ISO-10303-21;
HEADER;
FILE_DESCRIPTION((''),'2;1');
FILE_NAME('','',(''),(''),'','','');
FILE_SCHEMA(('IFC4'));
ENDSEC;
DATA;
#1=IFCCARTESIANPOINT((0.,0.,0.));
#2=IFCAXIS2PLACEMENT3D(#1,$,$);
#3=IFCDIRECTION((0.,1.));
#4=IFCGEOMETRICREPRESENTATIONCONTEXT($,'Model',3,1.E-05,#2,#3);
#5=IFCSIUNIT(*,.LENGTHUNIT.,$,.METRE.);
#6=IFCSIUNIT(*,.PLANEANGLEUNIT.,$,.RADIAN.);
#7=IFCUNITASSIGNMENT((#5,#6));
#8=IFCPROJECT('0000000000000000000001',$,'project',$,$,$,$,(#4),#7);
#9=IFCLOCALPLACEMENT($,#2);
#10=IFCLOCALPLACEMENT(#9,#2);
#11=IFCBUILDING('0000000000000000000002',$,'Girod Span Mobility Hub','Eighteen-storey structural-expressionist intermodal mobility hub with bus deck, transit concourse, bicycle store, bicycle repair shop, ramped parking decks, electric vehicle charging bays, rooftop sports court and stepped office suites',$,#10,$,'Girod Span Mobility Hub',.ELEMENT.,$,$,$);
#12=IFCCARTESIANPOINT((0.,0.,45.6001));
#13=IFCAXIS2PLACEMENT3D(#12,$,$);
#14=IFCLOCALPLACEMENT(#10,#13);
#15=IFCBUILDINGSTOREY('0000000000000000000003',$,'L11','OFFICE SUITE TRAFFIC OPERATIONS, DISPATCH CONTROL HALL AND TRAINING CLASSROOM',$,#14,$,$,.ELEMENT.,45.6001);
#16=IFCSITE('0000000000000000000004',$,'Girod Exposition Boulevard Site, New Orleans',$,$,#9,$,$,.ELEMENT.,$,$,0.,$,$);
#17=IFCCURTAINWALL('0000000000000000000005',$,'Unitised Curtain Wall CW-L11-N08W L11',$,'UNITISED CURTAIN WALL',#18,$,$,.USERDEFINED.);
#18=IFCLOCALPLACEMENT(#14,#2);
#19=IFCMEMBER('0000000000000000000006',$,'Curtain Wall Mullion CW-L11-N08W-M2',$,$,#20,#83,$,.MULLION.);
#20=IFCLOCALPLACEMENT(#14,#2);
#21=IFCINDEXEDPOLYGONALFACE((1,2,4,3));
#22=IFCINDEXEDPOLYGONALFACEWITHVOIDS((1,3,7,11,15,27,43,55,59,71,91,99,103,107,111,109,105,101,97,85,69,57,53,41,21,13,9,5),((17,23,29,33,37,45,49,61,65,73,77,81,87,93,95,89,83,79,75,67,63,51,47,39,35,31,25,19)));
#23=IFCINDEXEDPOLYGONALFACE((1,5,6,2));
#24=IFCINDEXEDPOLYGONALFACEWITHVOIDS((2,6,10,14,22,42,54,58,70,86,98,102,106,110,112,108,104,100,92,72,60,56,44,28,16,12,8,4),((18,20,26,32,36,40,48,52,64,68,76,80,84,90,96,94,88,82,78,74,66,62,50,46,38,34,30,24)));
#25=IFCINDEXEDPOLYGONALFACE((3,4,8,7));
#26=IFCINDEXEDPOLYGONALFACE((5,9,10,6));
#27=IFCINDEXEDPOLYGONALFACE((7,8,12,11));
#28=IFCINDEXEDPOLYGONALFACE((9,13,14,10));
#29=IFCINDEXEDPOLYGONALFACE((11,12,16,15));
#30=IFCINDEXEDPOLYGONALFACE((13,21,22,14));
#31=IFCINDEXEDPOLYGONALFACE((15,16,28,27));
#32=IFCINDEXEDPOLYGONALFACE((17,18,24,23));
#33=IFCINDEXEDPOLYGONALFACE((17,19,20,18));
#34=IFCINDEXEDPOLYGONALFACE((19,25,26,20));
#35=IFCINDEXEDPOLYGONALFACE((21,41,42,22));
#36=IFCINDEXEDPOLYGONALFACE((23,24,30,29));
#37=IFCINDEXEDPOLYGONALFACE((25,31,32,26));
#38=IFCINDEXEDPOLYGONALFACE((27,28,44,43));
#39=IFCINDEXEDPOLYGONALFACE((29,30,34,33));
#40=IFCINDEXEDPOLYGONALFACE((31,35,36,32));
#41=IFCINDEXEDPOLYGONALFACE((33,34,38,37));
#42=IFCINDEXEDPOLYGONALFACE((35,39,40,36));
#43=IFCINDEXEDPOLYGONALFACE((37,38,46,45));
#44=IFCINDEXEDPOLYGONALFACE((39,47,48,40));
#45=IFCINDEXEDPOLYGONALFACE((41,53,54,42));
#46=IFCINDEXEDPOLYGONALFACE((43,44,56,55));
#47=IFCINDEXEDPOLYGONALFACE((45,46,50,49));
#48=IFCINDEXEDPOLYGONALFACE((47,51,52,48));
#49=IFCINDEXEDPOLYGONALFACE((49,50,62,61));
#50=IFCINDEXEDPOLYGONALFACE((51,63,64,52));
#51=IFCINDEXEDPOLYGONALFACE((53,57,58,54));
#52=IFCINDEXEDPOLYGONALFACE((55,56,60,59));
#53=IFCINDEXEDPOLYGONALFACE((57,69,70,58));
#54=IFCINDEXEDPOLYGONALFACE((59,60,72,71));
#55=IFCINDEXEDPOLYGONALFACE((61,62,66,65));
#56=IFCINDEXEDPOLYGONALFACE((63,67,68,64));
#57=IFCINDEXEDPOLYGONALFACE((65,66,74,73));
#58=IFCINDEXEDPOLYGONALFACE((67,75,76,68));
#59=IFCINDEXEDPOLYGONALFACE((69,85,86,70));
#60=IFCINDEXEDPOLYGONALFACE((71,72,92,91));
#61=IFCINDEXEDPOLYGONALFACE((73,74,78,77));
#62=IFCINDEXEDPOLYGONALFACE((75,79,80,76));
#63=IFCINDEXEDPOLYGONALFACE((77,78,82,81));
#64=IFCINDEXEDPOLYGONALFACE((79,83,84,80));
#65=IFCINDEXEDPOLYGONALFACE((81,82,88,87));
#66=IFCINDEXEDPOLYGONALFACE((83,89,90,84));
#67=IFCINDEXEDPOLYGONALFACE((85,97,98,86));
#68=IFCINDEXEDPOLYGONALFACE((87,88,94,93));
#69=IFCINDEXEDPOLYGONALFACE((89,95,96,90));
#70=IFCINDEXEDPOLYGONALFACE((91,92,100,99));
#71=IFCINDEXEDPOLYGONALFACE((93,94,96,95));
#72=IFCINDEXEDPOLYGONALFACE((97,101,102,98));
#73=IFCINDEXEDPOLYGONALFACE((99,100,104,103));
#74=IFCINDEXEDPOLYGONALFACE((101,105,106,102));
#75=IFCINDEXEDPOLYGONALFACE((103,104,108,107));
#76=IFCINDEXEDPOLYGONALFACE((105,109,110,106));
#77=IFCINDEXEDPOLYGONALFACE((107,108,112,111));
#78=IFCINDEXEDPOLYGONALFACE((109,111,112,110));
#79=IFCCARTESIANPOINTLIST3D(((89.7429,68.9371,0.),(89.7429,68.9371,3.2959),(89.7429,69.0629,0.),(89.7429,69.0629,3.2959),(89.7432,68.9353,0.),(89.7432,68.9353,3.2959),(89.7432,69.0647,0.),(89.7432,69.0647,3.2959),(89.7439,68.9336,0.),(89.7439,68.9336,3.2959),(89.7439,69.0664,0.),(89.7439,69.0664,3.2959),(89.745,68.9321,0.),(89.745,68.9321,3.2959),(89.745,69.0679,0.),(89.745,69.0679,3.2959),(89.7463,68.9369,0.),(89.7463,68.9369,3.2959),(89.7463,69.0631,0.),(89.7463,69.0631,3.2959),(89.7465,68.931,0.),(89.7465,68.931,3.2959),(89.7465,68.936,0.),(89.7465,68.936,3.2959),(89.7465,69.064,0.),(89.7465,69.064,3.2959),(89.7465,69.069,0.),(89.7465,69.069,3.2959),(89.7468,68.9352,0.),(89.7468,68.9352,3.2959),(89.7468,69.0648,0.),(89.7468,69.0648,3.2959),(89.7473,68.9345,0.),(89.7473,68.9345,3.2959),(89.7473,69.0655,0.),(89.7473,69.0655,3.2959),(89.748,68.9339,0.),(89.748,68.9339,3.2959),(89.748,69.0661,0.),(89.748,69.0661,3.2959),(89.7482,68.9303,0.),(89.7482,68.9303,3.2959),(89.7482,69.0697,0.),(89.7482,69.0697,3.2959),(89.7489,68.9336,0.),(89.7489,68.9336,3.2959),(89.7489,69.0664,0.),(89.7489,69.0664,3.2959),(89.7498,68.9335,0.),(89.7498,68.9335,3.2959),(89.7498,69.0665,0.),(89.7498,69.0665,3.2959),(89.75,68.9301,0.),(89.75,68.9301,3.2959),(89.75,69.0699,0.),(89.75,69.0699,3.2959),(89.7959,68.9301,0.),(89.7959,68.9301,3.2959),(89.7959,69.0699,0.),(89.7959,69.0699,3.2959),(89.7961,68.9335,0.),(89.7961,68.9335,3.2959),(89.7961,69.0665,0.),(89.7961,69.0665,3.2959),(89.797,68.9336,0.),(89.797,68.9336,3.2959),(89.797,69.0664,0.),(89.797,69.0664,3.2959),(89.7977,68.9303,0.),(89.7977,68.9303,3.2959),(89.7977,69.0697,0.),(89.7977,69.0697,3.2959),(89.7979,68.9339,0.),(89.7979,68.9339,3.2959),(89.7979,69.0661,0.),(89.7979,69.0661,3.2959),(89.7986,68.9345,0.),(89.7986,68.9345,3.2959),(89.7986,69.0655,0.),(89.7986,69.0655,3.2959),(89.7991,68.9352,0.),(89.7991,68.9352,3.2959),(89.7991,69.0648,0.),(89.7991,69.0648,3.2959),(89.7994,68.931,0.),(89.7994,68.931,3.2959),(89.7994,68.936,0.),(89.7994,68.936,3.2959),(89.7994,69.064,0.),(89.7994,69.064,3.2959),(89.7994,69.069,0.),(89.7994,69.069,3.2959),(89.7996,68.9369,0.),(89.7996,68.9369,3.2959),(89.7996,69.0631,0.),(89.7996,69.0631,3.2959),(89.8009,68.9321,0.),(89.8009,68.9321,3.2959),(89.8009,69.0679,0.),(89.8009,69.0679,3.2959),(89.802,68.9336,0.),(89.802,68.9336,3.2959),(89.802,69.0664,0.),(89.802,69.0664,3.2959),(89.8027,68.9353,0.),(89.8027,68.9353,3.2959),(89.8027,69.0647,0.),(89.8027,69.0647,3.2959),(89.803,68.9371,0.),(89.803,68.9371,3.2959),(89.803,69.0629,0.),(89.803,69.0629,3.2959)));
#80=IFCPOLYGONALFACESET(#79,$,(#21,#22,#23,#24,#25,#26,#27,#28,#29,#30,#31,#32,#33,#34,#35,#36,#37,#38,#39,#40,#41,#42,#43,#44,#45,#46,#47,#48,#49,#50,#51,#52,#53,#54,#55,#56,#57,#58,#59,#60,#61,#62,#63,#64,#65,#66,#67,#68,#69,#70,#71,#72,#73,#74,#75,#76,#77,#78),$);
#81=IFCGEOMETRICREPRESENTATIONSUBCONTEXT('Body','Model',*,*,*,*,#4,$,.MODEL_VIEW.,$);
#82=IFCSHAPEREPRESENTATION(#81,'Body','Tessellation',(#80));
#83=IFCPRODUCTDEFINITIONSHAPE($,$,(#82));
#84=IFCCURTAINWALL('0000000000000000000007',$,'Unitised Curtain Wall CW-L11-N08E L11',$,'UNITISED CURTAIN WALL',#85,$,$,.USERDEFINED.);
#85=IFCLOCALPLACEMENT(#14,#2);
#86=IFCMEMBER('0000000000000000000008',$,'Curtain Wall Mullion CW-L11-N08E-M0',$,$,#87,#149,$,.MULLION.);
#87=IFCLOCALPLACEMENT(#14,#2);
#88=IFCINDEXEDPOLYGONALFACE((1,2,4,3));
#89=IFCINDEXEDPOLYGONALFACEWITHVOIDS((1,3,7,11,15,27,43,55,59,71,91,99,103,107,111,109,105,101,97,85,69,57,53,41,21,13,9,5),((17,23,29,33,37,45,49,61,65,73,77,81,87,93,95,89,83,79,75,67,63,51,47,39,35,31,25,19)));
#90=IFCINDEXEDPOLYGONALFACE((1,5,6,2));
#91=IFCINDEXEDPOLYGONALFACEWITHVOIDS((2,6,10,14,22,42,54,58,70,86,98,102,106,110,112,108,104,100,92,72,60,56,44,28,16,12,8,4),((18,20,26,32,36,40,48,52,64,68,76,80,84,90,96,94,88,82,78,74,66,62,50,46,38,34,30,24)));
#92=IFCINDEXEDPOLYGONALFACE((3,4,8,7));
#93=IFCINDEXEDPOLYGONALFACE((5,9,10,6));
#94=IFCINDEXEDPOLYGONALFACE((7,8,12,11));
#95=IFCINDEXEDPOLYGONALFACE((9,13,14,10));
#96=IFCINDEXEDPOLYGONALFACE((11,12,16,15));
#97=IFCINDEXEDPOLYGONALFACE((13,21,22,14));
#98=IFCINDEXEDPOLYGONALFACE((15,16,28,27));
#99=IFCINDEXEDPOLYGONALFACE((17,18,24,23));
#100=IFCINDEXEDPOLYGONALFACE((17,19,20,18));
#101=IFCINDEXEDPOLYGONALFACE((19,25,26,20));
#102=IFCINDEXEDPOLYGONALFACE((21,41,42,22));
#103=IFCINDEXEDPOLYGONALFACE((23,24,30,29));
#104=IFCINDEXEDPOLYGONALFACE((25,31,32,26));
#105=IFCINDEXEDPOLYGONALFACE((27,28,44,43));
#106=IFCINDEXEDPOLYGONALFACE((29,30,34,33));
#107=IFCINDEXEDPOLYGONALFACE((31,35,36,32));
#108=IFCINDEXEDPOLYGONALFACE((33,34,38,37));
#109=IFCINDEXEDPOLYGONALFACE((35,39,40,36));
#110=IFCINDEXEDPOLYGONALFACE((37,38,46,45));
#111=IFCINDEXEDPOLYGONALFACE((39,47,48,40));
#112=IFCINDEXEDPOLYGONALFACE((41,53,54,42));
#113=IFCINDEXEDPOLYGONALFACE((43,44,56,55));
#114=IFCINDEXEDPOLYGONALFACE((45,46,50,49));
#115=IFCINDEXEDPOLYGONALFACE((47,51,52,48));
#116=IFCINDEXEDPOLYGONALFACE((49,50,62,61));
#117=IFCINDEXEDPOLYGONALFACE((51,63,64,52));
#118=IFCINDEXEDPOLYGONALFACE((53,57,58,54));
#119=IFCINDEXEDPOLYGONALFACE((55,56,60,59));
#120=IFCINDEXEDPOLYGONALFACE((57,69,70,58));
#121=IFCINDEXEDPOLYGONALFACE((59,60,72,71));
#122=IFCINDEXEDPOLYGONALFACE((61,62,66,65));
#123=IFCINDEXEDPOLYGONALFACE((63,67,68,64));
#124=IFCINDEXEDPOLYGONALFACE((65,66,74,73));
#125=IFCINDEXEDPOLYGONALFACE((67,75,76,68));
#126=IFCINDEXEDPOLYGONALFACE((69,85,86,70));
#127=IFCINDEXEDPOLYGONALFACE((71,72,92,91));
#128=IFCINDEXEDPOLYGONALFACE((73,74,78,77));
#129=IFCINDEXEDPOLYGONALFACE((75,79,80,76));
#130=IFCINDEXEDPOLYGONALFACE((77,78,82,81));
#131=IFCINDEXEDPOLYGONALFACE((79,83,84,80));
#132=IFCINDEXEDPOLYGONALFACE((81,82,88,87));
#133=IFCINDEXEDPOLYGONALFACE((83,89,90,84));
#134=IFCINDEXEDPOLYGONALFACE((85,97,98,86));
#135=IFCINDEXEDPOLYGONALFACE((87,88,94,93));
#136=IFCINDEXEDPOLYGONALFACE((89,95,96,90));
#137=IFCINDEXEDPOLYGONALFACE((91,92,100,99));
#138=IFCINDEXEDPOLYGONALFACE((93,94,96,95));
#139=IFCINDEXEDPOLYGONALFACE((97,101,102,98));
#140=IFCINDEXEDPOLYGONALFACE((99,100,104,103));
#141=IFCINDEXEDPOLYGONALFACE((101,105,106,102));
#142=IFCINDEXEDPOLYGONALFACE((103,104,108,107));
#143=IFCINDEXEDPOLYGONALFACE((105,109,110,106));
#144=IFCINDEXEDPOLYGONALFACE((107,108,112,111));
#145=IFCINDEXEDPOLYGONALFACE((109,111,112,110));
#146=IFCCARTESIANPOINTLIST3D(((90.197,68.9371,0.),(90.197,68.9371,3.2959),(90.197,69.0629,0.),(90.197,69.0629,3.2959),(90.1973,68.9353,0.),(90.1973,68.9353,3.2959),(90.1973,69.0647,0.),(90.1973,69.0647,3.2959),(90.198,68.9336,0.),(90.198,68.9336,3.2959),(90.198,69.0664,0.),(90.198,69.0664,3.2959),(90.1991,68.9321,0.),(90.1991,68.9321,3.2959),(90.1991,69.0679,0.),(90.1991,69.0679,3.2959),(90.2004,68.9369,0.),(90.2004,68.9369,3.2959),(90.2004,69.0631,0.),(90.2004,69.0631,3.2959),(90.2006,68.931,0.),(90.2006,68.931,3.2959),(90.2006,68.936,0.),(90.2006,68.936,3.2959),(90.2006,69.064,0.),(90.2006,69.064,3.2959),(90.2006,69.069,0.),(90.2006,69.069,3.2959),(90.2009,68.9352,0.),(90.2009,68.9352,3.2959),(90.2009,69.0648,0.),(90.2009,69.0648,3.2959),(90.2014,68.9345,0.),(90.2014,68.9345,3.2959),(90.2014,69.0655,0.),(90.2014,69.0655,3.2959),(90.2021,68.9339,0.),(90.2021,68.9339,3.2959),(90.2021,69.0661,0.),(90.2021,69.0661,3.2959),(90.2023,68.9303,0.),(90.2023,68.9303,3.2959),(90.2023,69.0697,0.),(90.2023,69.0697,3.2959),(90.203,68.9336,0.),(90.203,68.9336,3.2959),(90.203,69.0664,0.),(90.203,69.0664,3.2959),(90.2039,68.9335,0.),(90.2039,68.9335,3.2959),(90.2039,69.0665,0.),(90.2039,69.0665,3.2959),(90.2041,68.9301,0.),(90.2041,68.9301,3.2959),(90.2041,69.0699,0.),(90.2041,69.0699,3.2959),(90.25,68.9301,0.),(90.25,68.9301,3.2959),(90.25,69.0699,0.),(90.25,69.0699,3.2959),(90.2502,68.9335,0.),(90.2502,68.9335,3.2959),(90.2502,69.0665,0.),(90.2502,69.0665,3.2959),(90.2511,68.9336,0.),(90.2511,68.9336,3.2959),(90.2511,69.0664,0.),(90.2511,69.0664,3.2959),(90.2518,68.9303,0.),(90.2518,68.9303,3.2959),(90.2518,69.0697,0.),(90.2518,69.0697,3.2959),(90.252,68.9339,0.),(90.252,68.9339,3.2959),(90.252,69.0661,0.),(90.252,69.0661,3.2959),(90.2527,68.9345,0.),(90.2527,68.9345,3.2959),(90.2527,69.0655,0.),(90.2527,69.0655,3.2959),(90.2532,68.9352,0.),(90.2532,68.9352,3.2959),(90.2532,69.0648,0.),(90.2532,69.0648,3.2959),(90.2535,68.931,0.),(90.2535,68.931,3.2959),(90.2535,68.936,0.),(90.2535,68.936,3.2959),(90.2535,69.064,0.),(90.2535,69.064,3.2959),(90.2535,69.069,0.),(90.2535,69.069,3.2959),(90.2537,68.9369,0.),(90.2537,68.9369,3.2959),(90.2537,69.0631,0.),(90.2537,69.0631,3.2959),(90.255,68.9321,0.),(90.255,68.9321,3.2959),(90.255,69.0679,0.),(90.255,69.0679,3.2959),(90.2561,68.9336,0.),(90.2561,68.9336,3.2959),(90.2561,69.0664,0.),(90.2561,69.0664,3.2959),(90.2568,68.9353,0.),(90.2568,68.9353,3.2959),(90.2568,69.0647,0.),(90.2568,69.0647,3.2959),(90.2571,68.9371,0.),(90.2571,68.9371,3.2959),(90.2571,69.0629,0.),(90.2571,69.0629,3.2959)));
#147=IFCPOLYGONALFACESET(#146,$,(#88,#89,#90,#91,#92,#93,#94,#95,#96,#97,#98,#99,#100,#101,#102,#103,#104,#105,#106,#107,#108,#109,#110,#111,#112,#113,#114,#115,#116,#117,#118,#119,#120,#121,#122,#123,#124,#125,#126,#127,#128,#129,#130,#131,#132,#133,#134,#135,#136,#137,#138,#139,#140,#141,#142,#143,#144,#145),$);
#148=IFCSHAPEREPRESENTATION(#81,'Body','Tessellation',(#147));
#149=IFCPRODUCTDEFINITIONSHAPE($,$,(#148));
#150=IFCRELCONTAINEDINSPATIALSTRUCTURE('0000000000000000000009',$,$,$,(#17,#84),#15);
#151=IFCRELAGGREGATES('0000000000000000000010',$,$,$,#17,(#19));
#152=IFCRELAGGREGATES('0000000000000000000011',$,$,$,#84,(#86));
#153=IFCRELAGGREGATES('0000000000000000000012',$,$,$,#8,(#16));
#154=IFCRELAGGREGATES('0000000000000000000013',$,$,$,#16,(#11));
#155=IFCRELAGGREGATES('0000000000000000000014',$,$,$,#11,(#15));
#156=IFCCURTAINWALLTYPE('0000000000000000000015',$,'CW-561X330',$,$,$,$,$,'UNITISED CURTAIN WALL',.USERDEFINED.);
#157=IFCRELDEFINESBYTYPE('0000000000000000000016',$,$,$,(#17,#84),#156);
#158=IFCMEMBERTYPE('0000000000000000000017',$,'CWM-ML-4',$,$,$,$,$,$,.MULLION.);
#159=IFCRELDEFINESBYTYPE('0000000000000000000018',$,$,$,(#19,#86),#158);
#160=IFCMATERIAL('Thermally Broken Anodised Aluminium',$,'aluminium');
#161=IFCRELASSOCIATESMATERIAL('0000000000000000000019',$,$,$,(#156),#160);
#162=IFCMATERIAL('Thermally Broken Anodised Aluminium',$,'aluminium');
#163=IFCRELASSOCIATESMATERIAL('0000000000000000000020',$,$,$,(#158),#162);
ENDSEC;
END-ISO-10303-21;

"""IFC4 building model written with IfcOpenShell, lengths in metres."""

from ifc_helpers import new_model, si_unit, direction, frame, origin, origin_2d, place, context, subcontext, project, spatial, hollow_rectangle, extrude, material, material_profile, profile_set, type_object, element, aggregate, save


model = new_model("IFC4")

# Units and contexts
model_context = context("Model", 3, precision=1e-05, world=origin(), true_north=direction((0.0, 1.0)))
body_context = subcontext(model_context, "Body", "Model", "MODEL_VIEW")
ifc_project = project(units=[si_unit("LENGTHUNIT", "METRE"), si_unit("PLANEANGLEUNIT", "RADIAN")], contexts=[model_context])

# Site, building, storey
site_placement = place(None, origin())
site = spatial("IfcSite", under=ifc_project, at=site_placement, Name="Girod Exposition Boulevard Site, New Orleans", CompositionType="ELEMENT", RefElevation=0.0)
building_placement = place(site_placement, origin())
building = spatial("IfcBuilding", under=site, at=building_placement, Name="Girod Span Mobility Hub", Description="Eighteen-storey structural-expressionist intermodal mobility hub with bus deck, transit concourse, bicycle store, bicycle repair shop, ramped parking decks, electric vehicle charging bays, rooftop sports court and stepped office suites", LongName="Girod Span Mobility Hub", CompositionType="ELEMENT")
storey_placement = place(building_placement, frame((0.0, 0.0, 45.6001)))
storey = spatial("IfcBuildingStorey", under=building, at=storey_placement, Name="L11", Description="OFFICE SUITE TRAFFIC OPERATIONS, DISPATCH CONTROL HALL AND TRAINING CLASSROOM", CompositionType="ELEMENT", Elevation=45.6001)

# Curtain walls, members
ifc_material_1 = material(Name="Thermally Broken Anodised Aluminium", Category="aluminium")
curtain_wall_type = type_object("IfcCurtainWallType", Name="CW-561X330", ElementType="UNITISED CURTAIN WALL", PredefinedType="USERDEFINED", material=ifc_material_1)
curtain_wall_1_placement = place(storey_placement, origin())
curtain_wall_1 = element("IfcCurtainWall", 1, at=curtain_wall_1_placement, inside=storey, type_object=curtain_wall_type, Name="Unitised Curtain Wall CW-L11-N08W L11", ObjectType="UNITISED CURTAIN WALL", PredefinedType="USERDEFINED")
ifc_material_2 = material(Name="Thermally Broken Anodised Aluminium", Category="aluminium")
ifc_material_profile_1 = material_profile(ifc_material_2, hollow_rectangle(XDim=0.1399, YDim=0.0601, WallThickness=0.0034, InnerFilletRadius=0.0034, OuterFilletRadius=0.0071, at=origin_2d()), Name="CW-ML-60X140")
ifc_profile_set_1 = profile_set([ifc_material_profile_1], Name="Thermally Broken Anodised Aluminium")
member_type_1 = type_object("IfcMemberType", Name="CWM-ML-4", PredefinedType="MULLION", material=ifc_profile_set_1)
member_1_placement = place(storey_placement, frame((89.7729, 69.0, 0.0), z_axis=(0.0, 0.0, 1.0), x_axis=(0.0, 1.0, 0.0)))
member_1 = element("IfcMember", 2, at=member_1_placement, type_object=member_type_1, Name="Curtain Wall Mullion CW-L11-N08W-M2", PredefinedType="MULLION", context=body_context, shape_type="SweptSolid", body=[
    extrude(hollow_rectangle(XDim=0.1399, YDim=0.0601, WallThickness=0.0034, InnerFilletRadius=0.0034, OuterFilletRadius=0.0071, at=origin_2d()), origin(), (0.0, 0.0, 1.0), 3.2959),
])
curtain_wall_2_placement = place(storey_placement, origin())
curtain_wall_2 = element("IfcCurtainWall", 3, at=curtain_wall_2_placement, inside=storey, type_object=curtain_wall_type, Name="Unitised Curtain Wall CW-L11-N08E L11", ObjectType="UNITISED CURTAIN WALL", PredefinedType="USERDEFINED")
member_2_placement = place(storey_placement, frame((90.2271, 69.0, 0.0), z_axis=(0.0, 0.0, 1.0), x_axis=(0.0, 1.0, 0.0)))
member_2 = element("IfcMember", 4, at=member_2_placement, type_object=member_type_1, Name="Curtain Wall Mullion CW-L11-N08E-M0", PredefinedType="MULLION", context=body_context, shape_type="SweptSolid", body=[
    extrude(hollow_rectangle(XDim=0.1399, YDim=0.0601, WallThickness=0.0034, InnerFilletRadius=0.0034, OuterFilletRadius=0.0071, at=origin_2d()), origin(), (0.0, 0.0, 1.0), 3.2959),
])

aggregate(curtain_wall_1, [member_1])
aggregate(curtain_wall_2, [member_2])

save(model, "model.ifc")
